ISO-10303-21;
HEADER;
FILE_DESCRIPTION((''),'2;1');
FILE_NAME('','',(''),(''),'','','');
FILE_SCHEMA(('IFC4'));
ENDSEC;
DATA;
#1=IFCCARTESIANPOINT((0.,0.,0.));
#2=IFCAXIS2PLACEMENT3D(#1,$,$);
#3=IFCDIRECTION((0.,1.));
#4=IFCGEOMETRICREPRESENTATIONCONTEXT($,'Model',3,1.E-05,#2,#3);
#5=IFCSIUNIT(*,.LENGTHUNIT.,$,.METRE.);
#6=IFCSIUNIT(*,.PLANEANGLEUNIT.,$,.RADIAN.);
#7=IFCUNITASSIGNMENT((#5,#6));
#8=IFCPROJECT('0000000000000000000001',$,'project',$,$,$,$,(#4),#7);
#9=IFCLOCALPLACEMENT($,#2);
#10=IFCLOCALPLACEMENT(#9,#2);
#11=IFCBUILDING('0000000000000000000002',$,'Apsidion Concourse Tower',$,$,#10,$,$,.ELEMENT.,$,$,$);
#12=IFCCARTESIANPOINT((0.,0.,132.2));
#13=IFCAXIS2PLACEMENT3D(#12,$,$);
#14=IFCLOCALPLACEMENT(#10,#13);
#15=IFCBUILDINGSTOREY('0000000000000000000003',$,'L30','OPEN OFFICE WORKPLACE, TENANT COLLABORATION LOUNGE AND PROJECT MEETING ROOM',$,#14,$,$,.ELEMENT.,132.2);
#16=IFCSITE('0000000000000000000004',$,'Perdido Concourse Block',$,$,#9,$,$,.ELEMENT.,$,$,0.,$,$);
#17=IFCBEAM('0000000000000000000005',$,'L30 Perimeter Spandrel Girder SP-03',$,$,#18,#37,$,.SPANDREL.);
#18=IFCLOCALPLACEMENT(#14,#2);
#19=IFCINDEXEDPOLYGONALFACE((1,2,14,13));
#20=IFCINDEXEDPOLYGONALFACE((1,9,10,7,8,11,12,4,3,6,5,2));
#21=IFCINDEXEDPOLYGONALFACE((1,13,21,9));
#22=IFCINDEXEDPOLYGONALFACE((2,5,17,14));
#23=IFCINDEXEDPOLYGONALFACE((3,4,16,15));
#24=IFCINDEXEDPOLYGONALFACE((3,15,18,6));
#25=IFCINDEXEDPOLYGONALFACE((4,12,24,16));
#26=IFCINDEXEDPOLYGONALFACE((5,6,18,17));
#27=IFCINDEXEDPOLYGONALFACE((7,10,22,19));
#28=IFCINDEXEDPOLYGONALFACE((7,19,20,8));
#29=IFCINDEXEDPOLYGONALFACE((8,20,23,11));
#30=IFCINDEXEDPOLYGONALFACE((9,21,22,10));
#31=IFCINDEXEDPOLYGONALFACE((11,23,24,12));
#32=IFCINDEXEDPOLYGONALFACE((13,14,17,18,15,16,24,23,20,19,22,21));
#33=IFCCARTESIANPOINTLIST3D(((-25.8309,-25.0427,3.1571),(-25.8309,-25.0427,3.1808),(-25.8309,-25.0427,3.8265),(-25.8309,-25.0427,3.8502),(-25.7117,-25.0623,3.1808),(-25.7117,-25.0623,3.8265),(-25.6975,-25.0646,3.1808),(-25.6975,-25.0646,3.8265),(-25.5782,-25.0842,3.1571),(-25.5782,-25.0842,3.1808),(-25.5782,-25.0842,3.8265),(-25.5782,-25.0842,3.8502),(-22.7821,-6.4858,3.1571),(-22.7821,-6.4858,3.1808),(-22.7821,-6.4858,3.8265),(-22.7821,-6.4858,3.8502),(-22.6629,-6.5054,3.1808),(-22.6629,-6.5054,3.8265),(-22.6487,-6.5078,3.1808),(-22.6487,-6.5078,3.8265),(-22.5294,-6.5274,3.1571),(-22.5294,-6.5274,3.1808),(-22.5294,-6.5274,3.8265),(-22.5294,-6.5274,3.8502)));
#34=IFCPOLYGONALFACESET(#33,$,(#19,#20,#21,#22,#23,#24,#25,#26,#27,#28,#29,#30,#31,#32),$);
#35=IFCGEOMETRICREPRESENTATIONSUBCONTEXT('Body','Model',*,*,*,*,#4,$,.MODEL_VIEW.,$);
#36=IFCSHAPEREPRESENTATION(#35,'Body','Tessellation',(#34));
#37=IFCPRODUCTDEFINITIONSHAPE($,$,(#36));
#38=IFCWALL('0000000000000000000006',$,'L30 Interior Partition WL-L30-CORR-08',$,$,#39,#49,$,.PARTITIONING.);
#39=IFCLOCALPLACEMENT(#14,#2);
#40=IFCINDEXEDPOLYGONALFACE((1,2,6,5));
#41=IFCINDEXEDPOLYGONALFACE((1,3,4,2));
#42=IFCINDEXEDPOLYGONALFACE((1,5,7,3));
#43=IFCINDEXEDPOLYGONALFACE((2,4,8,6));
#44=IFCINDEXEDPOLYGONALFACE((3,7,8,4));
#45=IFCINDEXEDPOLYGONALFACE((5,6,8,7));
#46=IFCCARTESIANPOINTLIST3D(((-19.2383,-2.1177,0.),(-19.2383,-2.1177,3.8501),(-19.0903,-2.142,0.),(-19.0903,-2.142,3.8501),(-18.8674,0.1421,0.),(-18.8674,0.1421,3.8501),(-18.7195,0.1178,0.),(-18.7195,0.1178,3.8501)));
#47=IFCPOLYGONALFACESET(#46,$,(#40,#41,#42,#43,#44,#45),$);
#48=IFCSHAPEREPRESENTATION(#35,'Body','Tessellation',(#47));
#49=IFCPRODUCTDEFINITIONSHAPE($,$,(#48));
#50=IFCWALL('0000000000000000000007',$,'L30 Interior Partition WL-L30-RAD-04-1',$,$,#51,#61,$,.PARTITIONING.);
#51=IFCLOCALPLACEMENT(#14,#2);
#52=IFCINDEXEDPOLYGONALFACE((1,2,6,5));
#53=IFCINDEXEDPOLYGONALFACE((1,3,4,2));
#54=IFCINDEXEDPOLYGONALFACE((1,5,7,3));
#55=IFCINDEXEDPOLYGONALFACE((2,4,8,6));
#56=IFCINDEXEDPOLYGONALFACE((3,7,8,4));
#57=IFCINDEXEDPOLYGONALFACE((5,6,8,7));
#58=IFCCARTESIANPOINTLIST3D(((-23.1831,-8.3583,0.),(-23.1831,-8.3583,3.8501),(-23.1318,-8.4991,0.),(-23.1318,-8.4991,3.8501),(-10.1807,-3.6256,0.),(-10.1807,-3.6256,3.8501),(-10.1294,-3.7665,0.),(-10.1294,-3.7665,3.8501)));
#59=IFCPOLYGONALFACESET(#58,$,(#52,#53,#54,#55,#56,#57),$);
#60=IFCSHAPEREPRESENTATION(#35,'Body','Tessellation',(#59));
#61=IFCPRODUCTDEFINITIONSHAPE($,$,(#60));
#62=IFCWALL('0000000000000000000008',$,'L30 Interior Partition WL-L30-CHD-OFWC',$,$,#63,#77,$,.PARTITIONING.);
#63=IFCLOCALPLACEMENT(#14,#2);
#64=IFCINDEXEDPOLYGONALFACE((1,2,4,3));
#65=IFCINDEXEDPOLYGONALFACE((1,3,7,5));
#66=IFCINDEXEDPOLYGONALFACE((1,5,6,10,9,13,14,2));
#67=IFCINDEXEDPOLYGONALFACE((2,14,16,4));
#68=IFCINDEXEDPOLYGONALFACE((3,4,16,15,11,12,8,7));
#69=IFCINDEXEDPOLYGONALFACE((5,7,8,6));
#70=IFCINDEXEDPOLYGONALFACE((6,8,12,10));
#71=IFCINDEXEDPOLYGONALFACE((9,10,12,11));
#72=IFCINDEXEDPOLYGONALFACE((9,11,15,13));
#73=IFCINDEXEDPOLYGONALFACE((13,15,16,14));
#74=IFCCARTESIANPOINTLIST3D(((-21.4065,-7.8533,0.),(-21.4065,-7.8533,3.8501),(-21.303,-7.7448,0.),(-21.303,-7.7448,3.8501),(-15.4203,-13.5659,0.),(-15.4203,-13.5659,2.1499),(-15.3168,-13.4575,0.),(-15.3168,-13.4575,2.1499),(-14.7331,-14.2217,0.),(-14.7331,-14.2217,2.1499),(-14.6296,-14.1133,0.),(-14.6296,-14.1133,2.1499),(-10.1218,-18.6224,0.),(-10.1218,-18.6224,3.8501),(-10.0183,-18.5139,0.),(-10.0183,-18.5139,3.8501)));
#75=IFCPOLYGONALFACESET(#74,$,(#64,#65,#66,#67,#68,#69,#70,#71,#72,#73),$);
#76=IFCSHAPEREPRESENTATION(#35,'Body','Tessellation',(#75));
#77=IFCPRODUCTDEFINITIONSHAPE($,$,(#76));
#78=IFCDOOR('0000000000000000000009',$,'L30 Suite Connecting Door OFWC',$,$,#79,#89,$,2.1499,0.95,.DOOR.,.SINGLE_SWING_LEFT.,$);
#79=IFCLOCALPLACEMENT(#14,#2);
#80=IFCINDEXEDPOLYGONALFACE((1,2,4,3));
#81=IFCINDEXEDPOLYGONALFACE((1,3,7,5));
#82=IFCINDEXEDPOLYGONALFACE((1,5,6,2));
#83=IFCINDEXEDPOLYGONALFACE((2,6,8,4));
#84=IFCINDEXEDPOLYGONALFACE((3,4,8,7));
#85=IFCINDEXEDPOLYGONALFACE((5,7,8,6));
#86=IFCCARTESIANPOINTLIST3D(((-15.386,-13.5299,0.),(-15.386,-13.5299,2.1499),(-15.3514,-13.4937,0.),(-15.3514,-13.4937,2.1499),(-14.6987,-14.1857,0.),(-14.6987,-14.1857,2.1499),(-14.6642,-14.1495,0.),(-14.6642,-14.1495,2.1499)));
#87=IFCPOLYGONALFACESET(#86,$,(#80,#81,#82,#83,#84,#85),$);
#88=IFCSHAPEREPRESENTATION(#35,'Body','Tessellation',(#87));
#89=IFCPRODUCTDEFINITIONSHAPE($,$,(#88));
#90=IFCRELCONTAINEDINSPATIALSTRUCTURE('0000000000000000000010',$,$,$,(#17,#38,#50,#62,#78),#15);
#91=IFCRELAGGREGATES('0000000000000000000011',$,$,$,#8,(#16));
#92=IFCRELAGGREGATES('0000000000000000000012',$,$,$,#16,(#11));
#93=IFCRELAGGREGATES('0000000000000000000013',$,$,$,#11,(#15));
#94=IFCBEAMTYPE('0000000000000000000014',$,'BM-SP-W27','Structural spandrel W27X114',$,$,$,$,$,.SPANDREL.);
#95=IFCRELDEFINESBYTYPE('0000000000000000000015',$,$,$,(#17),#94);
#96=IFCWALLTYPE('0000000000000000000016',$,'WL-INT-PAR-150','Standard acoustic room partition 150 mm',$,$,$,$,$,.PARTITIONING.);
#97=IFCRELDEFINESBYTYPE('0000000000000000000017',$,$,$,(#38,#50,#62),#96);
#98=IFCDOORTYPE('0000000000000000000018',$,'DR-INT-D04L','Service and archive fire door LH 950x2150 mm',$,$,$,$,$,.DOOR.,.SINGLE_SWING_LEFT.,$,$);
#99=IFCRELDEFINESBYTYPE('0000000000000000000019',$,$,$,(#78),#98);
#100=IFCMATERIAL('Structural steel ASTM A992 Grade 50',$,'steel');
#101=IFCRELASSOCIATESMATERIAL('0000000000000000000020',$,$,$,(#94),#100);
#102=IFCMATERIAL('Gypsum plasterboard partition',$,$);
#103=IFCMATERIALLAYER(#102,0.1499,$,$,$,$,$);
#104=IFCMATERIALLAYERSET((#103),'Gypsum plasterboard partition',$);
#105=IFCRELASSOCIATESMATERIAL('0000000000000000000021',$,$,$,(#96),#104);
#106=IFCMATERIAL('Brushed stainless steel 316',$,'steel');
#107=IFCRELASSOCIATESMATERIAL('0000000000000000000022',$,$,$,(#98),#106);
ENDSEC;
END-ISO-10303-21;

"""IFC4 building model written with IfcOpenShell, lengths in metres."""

from ifc_helpers import new_model, si_unit, direction, frame, frame_2d, origin, origin_2d, place, context, subcontext, project, spatial, rectangle, i_section, extrude, material, layer, layer_set, material_profile, profile_set, type_object, element, fill, save


model = new_model("IFC4")

# Units and contexts
model_context = context("Model", 3, precision=1e-05, world=origin(), true_north=direction((0.0, 1.0)))
body_context = subcontext(model_context, "Body", "Model", "MODEL_VIEW")
ifc_project = project(units=[si_unit("LENGTHUNIT", "METRE"), si_unit("PLANEANGLEUNIT", "RADIAN")], contexts=[model_context])

# Site, building, storey
site_placement = place(None, origin())
site = spatial("IfcSite", under=ifc_project, at=site_placement, Name="Perdido Concourse Block", CompositionType="ELEMENT", RefElevation=0.0)
building_placement = place(site_placement, origin())
building = spatial("IfcBuilding", under=site, at=building_placement, Name="Apsidion Concourse Tower", CompositionType="ELEMENT")
storey_placement = place(building_placement, frame((0.0, 0.0, 132.2)))
storey = spatial("IfcBuildingStorey", under=building, at=storey_placement, Name="L30", Description="OPEN OFFICE WORKPLACE, TENANT COLLABORATION LOUNGE AND PROJECT MEETING ROOM", CompositionType="ELEMENT", Elevation=132.2)

# Shared definitions
ifc_material_1 = material(Name="Structural steel ASTM A992 Grade 50", Category="steel")

# Beam
ifc_material_profile_1 = material_profile(ifc_material_1, i_section(OverallWidth=0.2561, OverallDepth=0.6931, WebThickness=0.0144, FlangeThickness=0.0237, at=origin_2d()), Name="W27X114")
ifc_profile_set_1 = profile_set([ifc_material_profile_1], Name="Structural steel ASTM A992 Grade 50")
beam_type_1 = type_object("IfcBeamType", Name="BM-SP-W27", Description="Structural spandrel W27X114", PredefinedType="SPANDREL", material=ifc_profile_set_1)
beam_1_placement = place(storey_placement, frame((-22.6558, -6.5066, 3.5037), z_axis=(-0.162123, -0.986771, 0.0), x_axis=(0.986771, -0.162123, 0.0)))
element("IfcBeam", 1, at=beam_1_placement, inside=storey, type_object=beam_type_1, Name="L30 Perimeter Spandrel Girder SP-03", PredefinedType="SPANDREL", context=body_context, shape_type="SweptSolid", body=[
    extrude(i_section(OverallWidth=0.2561, OverallDepth=0.6931, WebThickness=0.0144, FlangeThickness=0.0237, at=origin_2d()), origin(), (0.0, 0.0, 1.0), 18.8057),
])

# Walls
ifc_material_2 = material(Name="Gypsum plasterboard partition")
ifc_layer = layer(ifc_material_2, 0.1499)
ifc_layer_set = layer_set([ifc_layer], Name="Gypsum plasterboard partition")
wall_type = type_object("IfcWallType", Name="WL-INT-PAR-150", Description="Standard acoustic room partition 150 mm", PredefinedType="PARTITIONING", material=ifc_layer_set)
wall_1_placement = place(storey_placement, frame((-19.1643, -2.1299, 0.0), z_axis=(0.0, 0.0, 1.0), x_axis=(0.161944, 0.9868, 0.0)))
element("IfcWall", 2, at=wall_1_placement, inside=storey, type_object=wall_type, Name="L30 Interior Partition WL-L30-CORR-08", PredefinedType="PARTITIONING", context=body_context, shape_type="SweptSolid", body=[
    extrude(rectangle(XDim=2.29, YDim=0.1499, at=frame_2d((1.145, 0.0))), origin(), (0.0, 0.0, 1.0), 3.8501),
])
wall_2_placement = place(storey_placement, frame((-10.155, -3.696, 0.0), z_axis=(0.0, 0.0, 1.0), x_axis=(-0.939689, -0.342031, 0.0)))
element("IfcWall", 3, at=wall_2_placement, inside=storey, type_object=wall_type, Name="L30 Interior Partition WL-L30-RAD-04-1", PredefinedType="PARTITIONING", context=body_context, shape_type="SweptSolid", body=[
    extrude(rectangle(XDim=13.8369, YDim=0.1499, at=frame_2d((6.9185, 0.0))), origin(), (0.0, 0.0, 1.0), 3.8501),
])

# Wall, opening, door
wall_3_placement = place(storey_placement, frame((-21.3547, -7.7991, 0.0), z_axis=(0.0, 0.0, 1.0), x_axis=(0.723442, -0.690386, 0.0)))
wall_3 = element("IfcWall", 4, at=wall_3_placement, inside=storey, type_object=wall_type, Name="L30 Interior Partition WL-L30-CHD-OFWC", PredefinedType="PARTITIONING", context=body_context, shape_type="SweptSolid", body=[
    extrude(rectangle(XDim=15.5986, YDim=0.1499, at=frame_2d((7.7993, 0.0))), origin(), (0.0, 0.0, 1.0), 3.8501),
])
opening_placement = place(wall_3_placement, frame((8.2744, 0.0, 0.0)))
opening = element("IfcOpeningElement", 5, at=opening_placement, cuts=wall_3, PredefinedType="OPENING", context=body_context, shape_type="SweptSolid", body=[
    extrude(rectangle(XDim=0.95, YDim=2.1499, at=frame_2d((0.4751, 1.075))), frame((0.0, 0.085, 0.0), z_axis=(0.0, -1.0, 0.0), x_axis=(1.0, 0.0, 0.0)), (0.0, 0.0, 1.0), 0.1699),
])
ifc_material_3 = material(Name="Brushed stainless steel 316", Category="steel")
door_type = type_object("IfcDoorType", Name="DR-INT-D04L", Description="Service and archive fire door LH 950x2150 mm", OperationType="SINGLE_SWING_LEFT", PredefinedType="DOOR", material=ifc_material_3)
door_placement = place(opening_placement, origin())
door = element("IfcDoor", 6, at=door_placement, inside=storey, type_object=door_type, Name="L30 Suite Connecting Door OFWC", OperationType="SINGLE_SWING_LEFT", OverallHeight=2.1499, OverallWidth=0.95, PredefinedType="DOOR", context=body_context, shape_type="SweptSolid", body=[
    extrude(rectangle(XDim=0.95, YDim=2.1499, at=frame_2d((0.4751, 1.075))), frame((0.0, 0.0249, 0.0), z_axis=(0.0, -1.0, 0.0), x_axis=(1.0, 0.0, 0.0)), (0.0, 0.0, 1.0), 0.05),
])
fill(opening, door)

save(model, "model.ifc")
